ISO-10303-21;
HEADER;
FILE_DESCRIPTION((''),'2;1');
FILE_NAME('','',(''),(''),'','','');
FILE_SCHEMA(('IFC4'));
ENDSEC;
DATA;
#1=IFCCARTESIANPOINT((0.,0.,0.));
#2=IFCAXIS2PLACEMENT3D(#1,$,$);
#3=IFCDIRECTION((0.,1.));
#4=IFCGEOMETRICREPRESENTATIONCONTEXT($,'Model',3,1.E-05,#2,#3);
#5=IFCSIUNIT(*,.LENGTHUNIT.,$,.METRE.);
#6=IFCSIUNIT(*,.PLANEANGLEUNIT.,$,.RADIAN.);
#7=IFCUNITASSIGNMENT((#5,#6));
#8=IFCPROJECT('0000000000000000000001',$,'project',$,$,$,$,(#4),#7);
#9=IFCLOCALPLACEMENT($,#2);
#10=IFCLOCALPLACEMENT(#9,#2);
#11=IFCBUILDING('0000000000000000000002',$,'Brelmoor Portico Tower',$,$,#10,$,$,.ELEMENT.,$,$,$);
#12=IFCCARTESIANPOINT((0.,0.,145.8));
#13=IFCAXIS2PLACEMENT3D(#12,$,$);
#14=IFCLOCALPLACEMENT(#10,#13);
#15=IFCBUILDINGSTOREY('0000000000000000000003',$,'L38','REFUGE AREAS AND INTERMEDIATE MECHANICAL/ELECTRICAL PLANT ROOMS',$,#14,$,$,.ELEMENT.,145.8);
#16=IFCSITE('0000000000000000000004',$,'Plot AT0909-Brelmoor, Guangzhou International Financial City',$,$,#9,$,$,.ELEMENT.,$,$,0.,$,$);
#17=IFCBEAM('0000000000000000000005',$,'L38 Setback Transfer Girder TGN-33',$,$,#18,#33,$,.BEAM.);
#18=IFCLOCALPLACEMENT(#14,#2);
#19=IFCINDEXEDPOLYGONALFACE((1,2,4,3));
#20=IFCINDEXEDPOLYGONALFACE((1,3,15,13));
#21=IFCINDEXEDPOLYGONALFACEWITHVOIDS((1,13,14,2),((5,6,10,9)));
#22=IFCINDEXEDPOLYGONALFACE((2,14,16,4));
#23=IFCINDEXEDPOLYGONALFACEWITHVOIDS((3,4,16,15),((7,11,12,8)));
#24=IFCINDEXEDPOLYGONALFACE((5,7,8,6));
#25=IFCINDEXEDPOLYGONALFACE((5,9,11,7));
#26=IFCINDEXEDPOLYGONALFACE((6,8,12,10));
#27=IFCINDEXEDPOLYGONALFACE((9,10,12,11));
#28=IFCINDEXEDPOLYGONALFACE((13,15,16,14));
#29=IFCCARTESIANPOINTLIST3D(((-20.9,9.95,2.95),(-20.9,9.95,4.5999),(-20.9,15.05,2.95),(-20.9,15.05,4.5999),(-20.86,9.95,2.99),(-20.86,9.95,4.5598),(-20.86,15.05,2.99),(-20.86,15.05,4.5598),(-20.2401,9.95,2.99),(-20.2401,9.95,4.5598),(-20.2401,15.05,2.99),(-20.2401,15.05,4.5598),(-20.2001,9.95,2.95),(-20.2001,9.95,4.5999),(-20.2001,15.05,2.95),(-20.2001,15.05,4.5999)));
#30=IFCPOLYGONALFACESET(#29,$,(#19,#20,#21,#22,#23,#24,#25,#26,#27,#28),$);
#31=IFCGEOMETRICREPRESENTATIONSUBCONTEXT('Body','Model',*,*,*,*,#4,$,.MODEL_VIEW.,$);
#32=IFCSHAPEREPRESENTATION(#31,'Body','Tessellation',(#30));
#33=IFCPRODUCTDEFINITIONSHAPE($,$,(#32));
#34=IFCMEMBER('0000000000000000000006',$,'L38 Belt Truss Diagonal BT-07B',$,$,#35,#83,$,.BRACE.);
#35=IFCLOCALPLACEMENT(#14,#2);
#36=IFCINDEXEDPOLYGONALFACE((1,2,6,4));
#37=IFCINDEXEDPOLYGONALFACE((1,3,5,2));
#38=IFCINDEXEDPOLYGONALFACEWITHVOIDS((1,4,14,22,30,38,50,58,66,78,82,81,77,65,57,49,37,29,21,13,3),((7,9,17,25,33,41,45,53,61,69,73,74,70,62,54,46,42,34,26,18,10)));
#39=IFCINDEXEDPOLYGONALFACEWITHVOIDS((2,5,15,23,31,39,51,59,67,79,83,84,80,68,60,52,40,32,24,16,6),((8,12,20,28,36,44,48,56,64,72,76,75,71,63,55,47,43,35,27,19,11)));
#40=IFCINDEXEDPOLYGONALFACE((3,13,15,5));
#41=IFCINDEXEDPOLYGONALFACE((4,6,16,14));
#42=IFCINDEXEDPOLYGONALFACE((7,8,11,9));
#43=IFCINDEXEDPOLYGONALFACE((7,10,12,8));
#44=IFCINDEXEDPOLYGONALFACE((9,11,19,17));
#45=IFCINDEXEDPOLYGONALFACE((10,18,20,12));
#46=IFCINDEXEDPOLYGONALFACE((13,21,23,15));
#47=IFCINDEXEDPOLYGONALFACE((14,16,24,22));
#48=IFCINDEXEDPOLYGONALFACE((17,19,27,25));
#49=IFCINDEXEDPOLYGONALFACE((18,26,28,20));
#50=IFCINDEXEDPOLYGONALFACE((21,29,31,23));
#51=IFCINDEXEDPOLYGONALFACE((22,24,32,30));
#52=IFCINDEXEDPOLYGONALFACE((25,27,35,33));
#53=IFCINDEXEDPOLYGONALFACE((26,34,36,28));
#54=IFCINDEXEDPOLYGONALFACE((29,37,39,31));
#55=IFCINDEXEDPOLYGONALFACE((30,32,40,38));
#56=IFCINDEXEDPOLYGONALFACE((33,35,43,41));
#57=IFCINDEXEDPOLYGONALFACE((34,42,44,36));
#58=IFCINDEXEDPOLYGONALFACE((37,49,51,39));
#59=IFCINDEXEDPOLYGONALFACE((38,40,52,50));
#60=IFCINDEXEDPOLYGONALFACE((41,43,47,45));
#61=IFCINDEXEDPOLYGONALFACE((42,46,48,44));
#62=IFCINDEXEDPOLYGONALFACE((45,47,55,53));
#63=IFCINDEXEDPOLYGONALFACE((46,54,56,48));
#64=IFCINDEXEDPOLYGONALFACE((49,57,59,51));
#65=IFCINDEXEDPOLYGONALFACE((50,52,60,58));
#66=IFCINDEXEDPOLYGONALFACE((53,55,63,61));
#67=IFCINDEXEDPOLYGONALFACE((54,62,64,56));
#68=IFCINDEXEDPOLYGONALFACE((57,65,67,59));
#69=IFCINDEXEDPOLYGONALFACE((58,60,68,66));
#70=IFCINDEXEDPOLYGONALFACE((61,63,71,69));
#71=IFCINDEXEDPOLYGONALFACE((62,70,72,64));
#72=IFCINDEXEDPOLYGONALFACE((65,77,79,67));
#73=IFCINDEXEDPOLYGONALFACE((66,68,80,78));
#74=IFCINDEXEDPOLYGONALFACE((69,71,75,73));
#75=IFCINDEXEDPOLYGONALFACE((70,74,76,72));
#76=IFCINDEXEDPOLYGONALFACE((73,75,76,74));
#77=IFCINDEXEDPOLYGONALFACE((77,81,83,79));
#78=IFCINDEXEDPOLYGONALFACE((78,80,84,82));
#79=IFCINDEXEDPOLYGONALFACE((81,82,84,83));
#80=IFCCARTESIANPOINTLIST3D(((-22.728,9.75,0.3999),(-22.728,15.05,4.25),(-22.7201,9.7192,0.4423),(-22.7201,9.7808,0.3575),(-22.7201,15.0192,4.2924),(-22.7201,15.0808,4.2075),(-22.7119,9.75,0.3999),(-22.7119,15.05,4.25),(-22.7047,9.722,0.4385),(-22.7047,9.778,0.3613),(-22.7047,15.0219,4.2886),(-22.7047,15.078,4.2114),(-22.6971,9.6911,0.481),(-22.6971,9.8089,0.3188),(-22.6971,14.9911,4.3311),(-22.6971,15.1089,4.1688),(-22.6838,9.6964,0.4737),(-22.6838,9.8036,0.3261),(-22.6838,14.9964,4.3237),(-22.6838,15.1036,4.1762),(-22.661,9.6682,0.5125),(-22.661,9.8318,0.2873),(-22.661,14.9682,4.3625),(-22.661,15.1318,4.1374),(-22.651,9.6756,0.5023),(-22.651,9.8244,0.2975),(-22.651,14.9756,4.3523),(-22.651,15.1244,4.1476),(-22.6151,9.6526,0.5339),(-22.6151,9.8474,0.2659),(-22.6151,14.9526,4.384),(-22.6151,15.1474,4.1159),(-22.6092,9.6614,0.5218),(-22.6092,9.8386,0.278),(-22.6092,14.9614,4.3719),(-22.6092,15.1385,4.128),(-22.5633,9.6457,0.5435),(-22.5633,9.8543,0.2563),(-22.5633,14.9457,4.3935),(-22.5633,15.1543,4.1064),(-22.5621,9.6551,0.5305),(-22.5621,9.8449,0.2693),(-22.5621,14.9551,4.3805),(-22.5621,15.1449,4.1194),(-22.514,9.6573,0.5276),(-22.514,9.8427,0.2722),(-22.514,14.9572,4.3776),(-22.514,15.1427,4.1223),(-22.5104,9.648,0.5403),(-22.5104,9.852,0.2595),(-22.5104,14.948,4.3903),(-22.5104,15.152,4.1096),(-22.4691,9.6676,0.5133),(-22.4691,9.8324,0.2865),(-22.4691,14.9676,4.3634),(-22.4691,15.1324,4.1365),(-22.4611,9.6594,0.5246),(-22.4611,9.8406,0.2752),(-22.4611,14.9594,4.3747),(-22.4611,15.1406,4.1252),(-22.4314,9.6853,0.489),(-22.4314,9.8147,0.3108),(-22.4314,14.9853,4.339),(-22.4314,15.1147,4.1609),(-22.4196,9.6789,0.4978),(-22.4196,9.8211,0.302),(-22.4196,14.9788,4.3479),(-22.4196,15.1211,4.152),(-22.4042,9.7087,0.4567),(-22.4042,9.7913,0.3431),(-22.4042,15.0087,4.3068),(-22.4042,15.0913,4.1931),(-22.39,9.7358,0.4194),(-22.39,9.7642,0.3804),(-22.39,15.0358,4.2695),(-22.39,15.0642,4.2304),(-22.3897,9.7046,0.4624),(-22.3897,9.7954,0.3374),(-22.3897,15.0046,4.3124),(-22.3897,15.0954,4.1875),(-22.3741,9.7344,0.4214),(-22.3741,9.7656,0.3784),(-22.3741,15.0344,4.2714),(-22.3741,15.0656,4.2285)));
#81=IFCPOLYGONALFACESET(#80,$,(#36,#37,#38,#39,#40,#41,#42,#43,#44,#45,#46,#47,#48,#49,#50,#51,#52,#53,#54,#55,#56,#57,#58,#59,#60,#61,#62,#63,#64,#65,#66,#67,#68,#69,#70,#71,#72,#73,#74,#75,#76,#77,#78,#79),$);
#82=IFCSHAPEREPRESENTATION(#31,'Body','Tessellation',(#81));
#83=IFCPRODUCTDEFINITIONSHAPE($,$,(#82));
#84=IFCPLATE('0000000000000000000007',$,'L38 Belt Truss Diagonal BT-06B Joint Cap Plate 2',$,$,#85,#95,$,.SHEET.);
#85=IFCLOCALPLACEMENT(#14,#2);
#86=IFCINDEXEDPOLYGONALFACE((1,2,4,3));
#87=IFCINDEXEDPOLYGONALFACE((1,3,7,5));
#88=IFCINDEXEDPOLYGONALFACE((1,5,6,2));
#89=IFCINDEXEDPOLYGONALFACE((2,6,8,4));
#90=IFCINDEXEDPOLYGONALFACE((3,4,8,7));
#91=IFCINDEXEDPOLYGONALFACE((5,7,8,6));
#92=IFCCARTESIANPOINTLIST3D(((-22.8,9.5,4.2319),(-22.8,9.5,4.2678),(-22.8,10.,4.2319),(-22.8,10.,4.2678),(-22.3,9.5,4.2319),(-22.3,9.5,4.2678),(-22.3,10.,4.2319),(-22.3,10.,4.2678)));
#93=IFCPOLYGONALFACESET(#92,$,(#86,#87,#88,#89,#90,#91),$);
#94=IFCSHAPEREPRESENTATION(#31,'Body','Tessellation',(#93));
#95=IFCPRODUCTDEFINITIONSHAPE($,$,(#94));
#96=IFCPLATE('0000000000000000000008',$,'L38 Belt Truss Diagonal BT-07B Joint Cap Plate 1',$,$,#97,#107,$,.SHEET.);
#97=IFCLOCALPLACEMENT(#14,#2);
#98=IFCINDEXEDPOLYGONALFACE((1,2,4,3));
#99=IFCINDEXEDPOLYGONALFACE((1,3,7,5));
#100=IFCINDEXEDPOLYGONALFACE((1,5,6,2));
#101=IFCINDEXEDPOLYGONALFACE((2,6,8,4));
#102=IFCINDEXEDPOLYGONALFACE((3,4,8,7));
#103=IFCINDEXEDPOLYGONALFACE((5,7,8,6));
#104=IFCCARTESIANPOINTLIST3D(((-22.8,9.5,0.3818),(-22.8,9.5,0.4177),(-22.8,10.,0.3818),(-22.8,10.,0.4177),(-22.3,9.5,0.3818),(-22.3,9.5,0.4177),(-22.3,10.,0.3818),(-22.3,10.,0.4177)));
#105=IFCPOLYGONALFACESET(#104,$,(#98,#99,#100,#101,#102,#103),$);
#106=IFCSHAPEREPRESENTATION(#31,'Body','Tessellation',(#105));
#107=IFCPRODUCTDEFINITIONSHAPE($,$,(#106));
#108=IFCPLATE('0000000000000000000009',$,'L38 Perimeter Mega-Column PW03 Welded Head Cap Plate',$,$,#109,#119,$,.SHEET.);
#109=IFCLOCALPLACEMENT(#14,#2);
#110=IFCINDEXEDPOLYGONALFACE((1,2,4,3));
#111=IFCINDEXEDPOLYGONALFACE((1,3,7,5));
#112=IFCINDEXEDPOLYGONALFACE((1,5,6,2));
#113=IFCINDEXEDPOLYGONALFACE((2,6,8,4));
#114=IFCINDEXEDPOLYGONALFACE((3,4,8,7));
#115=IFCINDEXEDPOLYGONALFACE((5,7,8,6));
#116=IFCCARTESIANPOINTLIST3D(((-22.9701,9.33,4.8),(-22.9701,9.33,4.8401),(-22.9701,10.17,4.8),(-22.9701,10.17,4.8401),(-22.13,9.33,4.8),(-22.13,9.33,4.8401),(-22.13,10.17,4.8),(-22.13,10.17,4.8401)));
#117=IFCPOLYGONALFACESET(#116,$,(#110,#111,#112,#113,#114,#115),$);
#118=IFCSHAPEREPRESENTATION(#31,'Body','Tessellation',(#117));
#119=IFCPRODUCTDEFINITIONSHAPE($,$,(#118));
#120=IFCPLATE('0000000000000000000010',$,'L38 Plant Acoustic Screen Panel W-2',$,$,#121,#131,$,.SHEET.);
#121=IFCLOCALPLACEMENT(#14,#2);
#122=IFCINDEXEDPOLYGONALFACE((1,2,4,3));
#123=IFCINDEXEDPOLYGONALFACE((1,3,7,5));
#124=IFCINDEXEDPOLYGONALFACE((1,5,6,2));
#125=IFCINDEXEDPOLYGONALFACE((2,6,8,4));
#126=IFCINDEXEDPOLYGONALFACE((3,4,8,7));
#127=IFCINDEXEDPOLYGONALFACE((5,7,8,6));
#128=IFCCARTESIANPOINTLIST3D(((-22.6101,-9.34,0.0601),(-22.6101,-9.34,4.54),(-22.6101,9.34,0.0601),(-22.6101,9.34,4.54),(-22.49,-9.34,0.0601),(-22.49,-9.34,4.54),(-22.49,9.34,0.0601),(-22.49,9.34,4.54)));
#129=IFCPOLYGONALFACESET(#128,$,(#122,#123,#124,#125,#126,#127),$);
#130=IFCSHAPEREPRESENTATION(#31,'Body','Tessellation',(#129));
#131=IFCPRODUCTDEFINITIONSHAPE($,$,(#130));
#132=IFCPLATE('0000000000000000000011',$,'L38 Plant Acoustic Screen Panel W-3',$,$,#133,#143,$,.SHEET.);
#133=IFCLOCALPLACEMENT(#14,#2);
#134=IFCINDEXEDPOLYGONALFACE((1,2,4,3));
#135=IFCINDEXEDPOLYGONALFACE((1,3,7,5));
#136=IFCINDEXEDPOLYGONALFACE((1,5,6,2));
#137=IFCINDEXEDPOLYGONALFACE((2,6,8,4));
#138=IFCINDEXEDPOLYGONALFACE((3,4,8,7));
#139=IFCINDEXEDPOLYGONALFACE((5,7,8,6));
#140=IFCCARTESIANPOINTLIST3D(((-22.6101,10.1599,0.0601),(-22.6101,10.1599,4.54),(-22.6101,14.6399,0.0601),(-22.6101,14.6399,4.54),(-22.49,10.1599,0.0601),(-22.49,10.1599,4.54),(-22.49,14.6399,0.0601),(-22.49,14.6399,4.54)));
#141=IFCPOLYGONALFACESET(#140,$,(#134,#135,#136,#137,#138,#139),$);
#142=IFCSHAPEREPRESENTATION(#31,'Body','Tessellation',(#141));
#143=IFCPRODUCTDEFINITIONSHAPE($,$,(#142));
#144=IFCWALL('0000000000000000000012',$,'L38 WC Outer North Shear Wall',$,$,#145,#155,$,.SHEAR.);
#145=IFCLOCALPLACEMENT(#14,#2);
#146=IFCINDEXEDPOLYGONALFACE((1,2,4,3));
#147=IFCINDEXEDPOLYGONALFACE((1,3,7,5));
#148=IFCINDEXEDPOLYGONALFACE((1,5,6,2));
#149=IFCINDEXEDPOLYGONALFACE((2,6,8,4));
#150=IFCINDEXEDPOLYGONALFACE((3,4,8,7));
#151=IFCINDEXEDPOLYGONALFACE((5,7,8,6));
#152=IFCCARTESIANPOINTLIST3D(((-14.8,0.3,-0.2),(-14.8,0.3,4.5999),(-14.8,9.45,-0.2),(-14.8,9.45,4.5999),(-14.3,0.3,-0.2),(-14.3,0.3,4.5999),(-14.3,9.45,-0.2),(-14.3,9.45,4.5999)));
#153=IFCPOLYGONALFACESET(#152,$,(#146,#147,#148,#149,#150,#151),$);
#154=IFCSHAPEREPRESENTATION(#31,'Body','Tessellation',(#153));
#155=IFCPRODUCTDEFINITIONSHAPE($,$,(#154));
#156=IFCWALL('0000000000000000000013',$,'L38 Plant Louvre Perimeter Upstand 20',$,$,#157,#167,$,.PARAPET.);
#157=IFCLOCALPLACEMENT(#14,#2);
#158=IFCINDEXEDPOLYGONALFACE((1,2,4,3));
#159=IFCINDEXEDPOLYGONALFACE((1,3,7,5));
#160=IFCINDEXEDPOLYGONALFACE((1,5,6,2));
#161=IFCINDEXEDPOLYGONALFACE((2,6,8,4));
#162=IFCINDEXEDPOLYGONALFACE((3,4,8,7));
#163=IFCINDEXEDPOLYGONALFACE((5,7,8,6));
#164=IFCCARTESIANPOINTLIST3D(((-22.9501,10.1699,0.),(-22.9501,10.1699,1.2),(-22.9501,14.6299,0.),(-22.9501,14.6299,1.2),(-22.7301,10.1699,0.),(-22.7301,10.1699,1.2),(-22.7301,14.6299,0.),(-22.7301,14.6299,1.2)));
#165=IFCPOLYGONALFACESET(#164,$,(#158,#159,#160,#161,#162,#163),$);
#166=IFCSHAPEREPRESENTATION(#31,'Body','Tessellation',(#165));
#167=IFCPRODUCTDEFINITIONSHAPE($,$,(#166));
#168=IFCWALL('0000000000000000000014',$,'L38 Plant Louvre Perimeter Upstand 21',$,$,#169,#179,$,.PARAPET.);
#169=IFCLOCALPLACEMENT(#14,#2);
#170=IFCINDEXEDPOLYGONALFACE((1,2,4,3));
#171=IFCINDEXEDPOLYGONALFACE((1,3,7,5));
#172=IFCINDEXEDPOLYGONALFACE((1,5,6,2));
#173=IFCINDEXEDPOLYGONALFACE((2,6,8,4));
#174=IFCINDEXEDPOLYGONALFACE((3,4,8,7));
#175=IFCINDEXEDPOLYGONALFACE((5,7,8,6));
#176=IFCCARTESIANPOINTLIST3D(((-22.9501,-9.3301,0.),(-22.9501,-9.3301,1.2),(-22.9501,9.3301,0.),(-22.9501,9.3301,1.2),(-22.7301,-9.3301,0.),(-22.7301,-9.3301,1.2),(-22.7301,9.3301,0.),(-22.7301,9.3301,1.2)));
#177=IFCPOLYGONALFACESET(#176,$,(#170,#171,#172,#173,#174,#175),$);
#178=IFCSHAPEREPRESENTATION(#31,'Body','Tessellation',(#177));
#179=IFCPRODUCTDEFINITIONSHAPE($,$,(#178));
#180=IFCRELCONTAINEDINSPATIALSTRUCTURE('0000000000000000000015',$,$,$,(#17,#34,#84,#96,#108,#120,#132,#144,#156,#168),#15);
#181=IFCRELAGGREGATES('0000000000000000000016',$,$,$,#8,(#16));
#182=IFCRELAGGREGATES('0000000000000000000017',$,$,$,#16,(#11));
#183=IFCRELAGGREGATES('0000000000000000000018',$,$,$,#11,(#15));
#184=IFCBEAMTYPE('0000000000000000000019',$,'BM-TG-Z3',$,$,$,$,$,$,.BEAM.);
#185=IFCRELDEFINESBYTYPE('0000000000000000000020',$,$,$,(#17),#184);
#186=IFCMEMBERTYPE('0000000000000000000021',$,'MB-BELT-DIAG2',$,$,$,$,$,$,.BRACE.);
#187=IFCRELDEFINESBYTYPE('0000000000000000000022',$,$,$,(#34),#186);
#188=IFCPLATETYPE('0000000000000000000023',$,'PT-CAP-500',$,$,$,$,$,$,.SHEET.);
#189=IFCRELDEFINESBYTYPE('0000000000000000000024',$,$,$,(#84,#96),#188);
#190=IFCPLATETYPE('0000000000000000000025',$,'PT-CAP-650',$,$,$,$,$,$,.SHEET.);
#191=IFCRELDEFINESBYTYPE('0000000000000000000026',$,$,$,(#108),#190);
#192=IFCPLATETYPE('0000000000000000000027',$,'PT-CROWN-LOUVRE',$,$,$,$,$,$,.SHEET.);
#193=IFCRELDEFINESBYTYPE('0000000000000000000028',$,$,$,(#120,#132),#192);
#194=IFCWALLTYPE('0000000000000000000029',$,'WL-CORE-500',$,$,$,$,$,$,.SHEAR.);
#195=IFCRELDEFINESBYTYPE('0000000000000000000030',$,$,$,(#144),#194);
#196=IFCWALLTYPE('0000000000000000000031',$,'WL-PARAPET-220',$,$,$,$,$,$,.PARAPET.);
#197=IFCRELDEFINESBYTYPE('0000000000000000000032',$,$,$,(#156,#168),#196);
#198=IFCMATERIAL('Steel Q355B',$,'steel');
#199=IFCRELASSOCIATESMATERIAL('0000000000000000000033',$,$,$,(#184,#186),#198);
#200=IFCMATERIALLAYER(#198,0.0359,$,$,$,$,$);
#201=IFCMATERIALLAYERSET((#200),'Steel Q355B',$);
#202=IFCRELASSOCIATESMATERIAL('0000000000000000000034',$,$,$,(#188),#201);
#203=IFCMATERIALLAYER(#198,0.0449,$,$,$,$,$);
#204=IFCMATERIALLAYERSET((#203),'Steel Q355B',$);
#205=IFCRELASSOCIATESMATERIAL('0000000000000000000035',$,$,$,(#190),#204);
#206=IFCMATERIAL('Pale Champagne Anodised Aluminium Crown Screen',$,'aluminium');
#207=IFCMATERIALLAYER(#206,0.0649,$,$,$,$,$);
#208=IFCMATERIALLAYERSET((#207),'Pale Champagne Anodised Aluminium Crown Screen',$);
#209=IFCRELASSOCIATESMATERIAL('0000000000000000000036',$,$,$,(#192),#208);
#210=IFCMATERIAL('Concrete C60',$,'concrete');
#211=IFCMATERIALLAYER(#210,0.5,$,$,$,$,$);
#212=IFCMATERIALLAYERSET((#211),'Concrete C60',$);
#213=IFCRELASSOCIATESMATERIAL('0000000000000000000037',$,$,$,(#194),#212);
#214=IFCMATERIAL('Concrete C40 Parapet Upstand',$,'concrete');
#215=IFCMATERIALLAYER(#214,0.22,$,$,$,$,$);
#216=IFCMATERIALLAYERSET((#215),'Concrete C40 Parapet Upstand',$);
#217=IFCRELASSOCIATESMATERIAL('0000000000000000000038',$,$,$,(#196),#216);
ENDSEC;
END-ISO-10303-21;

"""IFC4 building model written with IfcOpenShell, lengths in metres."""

from ifc_helpers import new_model, si_unit, direction, frame, frame_2d, origin, origin_2d, place, context, subcontext, project, spatial, rectangle, hollow_rectangle, hollow_circle, extrude, material, layer, layer_set, material_profile, profile_set, type_object, element, save


model = new_model("IFC4")

# Units and contexts
model_context = context("Model", 3, precision=1e-05, world=origin(), true_north=direction((0.0, 1.0)))
body_context = subcontext(model_context, "Body", "Model", "MODEL_VIEW")
ifc_project = project(units=[si_unit("LENGTHUNIT", "METRE"), si_unit("PLANEANGLEUNIT", "RADIAN")], contexts=[model_context])

# Site, building, storey
site_placement = place(None, origin())
site = spatial("IfcSite", under=ifc_project, at=site_placement, Name="Plot AT0909-Brelmoor, Guangzhou International Financial City", CompositionType="ELEMENT", RefElevation=0.0)
building_placement = place(site_placement, origin())
building = spatial("IfcBuilding", under=site, at=building_placement, Name="Brelmoor Portico Tower", CompositionType="ELEMENT")
storey_placement = place(building_placement, frame((0.0, 0.0, 145.8)))
storey = spatial("IfcBuildingStorey", under=building, at=storey_placement, Name="L38", Description="REFUGE AREAS AND INTERMEDIATE MECHANICAL/ELECTRICAL PLANT ROOMS", CompositionType="ELEMENT", Elevation=145.8)

# Shared definitions
ifc_material_1 = material(Name="Steel Q355B", Category="steel")

# Beam
ifc_material_profile_1 = material_profile(ifc_material_1, hollow_rectangle(XDim=0.7, YDim=1.6499, WallThickness=0.04, at=origin_2d()), Name="BOX 700x1650x40")
ifc_profile_set_1 = profile_set([ifc_material_profile_1], Name="Steel Q355B")
beam_type = type_object("IfcBeamType", Name="BM-TG-Z3", PredefinedType="BEAM", material=ifc_profile_set_1)
beam_1_placement = place(storey_placement, frame((-20.55, 9.95, 3.7749), z_axis=(0.0, 1.0, 0.0), x_axis=(-1.0, 0.0, 0.0)))
element("IfcBeam", 1, at=beam_1_placement, inside=storey, type_object=beam_type, Name="L38 Setback Transfer Girder TGN-33", PredefinedType="BEAM", context=body_context, shape_type="SweptSolid", body=[
    extrude(hollow_rectangle(XDim=0.7, YDim=1.6499, WallThickness=0.04, at=origin_2d()), origin(), (0.0, 0.0, 1.0), 5.1001),
])

# Member
ifc_material_profile_2 = material_profile(ifc_material_1, hollow_circle(Radius=0.178, WallThickness=0.0161, at=origin_2d()), Name="CHS 356x16")
ifc_profile_set_2 = profile_set([ifc_material_profile_2], Name="Steel Q355B")
member_type = type_object("IfcMemberType", Name="MB-BELT-DIAG2", PredefinedType="BRACE", material=ifc_profile_set_2)
member_placement = place(storey_placement, frame((-22.55, 9.75, 0.3999), z_axis=(0.0, 0.809062, 0.587724), x_axis=(-1.0, 0.0, 0.0)))
element("IfcMember", 2, at=member_placement, inside=storey, type_object=member_type, Name="L38 Belt Truss Diagonal BT-07B", PredefinedType="BRACE", context=body_context, shape_type="SweptSolid", body=[
    extrude(hollow_circle(Radius=0.178, WallThickness=0.0161, at=origin_2d()), origin(), (0.0, 0.0, 1.0), 6.5508),
])

# Plates
ifc_layer_1 = layer(ifc_material_1, 0.0359)
ifc_layer_set_1 = layer_set([ifc_layer_1], Name="Steel Q355B")
plate_type_1 = type_object("IfcPlateType", Name="PT-CAP-500", PredefinedType="SHEET", material=ifc_layer_set_1)
for number, where, z_axis, x_axis, name in (
    (3, (-22.55, 9.75, 4.2319), (0.0, 0.0, 1.0), (1.0, 0.0, 0.0), "L38 Belt Truss Diagonal BT-06B Joint Cap Plate 2"),
    (4, (-22.55, 9.75, 0.3818), (0.0, 0.0, 1.0), (1.0, 0.0, 0.0), "L38 Belt Truss Diagonal BT-07B Joint Cap Plate 1"),
):
    element("IfcPlate", number, at=place(storey_placement, frame(where, z_axis=z_axis, x_axis=x_axis)), inside=storey, type_object=plate_type_1, Name=name, PredefinedType="SHEET", context=body_context, shape_type="SweptSolid", body=[
        extrude(rectangle(XDim=0.5, YDim=0.5, at=origin_2d()), origin(), (0.0, 0.0, 1.0), 0.0359),
    ])
ifc_layer_2 = layer(ifc_material_1, 0.0449)
ifc_layer_set_2 = layer_set([ifc_layer_2], Name="Steel Q355B")
plate_type_2 = type_object("IfcPlateType", Name="PT-CAP-650", PredefinedType="SHEET", material=ifc_layer_set_2)
plate_1_placement = place(storey_placement, frame((-22.55, 9.75, 4.8), z_axis=(0.0, 0.0, 1.0), x_axis=(0.0, 1.0, 0.0)))
element("IfcPlate", 5, at=plate_1_placement, inside=storey, type_object=plate_type_2, Name="L38 Perimeter Mega-Column PW03 Welded Head Cap Plate", PredefinedType="SHEET", context=body_context, shape_type="SweptSolid", body=[
    extrude(rectangle(XDim=0.8401, YDim=0.8401, at=origin_2d()), origin(), (0.0, 0.0, 1.0), 0.04),
])
ifc_material_2 = material(Name="Pale Champagne Anodised Aluminium Crown Screen", Category="aluminium")
ifc_layer_3 = layer(ifc_material_2, 0.0649)
ifc_layer_set_3 = layer_set([ifc_layer_3], Name="Pale Champagne Anodised Aluminium Crown Screen")
plate_type_3 = type_object("IfcPlateType", Name="PT-CROWN-LOUVRE", PredefinedType="SHEET", material=ifc_layer_set_3)
plate_2_placement = place(storey_placement, frame((-22.55, 0.0, 0.0601), z_axis=(0.0, 0.0, 1.0), x_axis=(0.0, 1.0, 0.0)))
element("IfcPlate", 6, at=plate_2_placement, inside=storey, type_object=plate_type_3, Name="L38 Plant Acoustic Screen Panel W-2", PredefinedType="SHEET", context=body_context, shape_type="SweptSolid", body=[
    extrude(rectangle(XDim=18.6799, YDim=0.1201, at=origin_2d()), origin(), (0.0, 0.0, 1.0), 4.48),
])
plate_3_placement = place(storey_placement, frame((-22.55, 12.3999, 0.0601), z_axis=(0.0, 0.0, 1.0), x_axis=(0.0, 1.0, 0.0)))
element("IfcPlate", 7, at=plate_3_placement, inside=storey, type_object=plate_type_3, Name="L38 Plant Acoustic Screen Panel W-3", PredefinedType="SHEET", context=body_context, shape_type="SweptSolid", body=[
    extrude(rectangle(XDim=4.48, YDim=0.1201, at=origin_2d()), origin(), (0.0, 0.0, 1.0), 4.48),
])

# Walls
ifc_material_3 = material(Name="Concrete C60", Category="concrete")
ifc_layer_4 = layer(ifc_material_3, 0.5)
ifc_layer_set_4 = layer_set([ifc_layer_4], Name="Concrete C60")
wall_type_1 = type_object("IfcWallType", Name="WL-CORE-500", PredefinedType="SHEAR", material=ifc_layer_set_4)
wall_1_placement = place(storey_placement, frame((-14.55, 0.3, -0.2), z_axis=(0.0, 0.0, 1.0), x_axis=(0.0, 1.0, 0.0)))
element("IfcWall", 8, at=wall_1_placement, inside=storey, type_object=wall_type_1, Name="L38 WC Outer North Shear Wall", PredefinedType="SHEAR", context=body_context, shape_type="SweptSolid", body=[
    extrude(rectangle(XDim=9.1499, YDim=0.5, at=frame_2d((4.575, 0.0))), origin(), (0.0, 0.0, 1.0), 4.7998),
])
ifc_material_4 = material(Name="Concrete C40 Parapet Upstand", Category="concrete")
ifc_layer_5 = layer(ifc_material_4, 0.22)
ifc_layer_set_5 = layer_set([ifc_layer_5], Name="Concrete C40 Parapet Upstand")
wall_type_2 = type_object("IfcWallType", Name="WL-PARAPET-220", PredefinedType="PARAPET", material=ifc_layer_set_5)
wall_2_placement = place(storey_placement, frame((-22.8401, 14.6299, 0.0), z_axis=(0.0, 0.0, 1.0), x_axis=(0.0, -1.0, 0.0)))
element("IfcWall", 9, at=wall_2_placement, inside=storey, type_object=wall_type_2, Name="L38 Plant Louvre Perimeter Upstand 20", PredefinedType="PARAPET", context=body_context, shape_type="SweptSolid", body=[
    extrude(rectangle(XDim=4.46, YDim=0.22, at=frame_2d((2.23, 0.0))), origin(), (0.0, 0.0, 1.0), 1.2),
])
wall_3_placement = place(storey_placement, frame((-22.8401, 9.3301, 0.0), z_axis=(0.0, 0.0, 1.0), x_axis=(0.0, -1.0, 0.0)))
element("IfcWall", 10, at=wall_3_placement, inside=storey, type_object=wall_type_2, Name="L38 Plant Louvre Perimeter Upstand 21", PredefinedType="PARAPET", context=body_context, shape_type="SweptSolid", body=[
    extrude(rectangle(XDim=18.6602, YDim=0.22, at=frame_2d((9.3301, 0.0))), origin(), (0.0, 0.0, 1.0), 1.2),
])

save(model, "model.ifc")
